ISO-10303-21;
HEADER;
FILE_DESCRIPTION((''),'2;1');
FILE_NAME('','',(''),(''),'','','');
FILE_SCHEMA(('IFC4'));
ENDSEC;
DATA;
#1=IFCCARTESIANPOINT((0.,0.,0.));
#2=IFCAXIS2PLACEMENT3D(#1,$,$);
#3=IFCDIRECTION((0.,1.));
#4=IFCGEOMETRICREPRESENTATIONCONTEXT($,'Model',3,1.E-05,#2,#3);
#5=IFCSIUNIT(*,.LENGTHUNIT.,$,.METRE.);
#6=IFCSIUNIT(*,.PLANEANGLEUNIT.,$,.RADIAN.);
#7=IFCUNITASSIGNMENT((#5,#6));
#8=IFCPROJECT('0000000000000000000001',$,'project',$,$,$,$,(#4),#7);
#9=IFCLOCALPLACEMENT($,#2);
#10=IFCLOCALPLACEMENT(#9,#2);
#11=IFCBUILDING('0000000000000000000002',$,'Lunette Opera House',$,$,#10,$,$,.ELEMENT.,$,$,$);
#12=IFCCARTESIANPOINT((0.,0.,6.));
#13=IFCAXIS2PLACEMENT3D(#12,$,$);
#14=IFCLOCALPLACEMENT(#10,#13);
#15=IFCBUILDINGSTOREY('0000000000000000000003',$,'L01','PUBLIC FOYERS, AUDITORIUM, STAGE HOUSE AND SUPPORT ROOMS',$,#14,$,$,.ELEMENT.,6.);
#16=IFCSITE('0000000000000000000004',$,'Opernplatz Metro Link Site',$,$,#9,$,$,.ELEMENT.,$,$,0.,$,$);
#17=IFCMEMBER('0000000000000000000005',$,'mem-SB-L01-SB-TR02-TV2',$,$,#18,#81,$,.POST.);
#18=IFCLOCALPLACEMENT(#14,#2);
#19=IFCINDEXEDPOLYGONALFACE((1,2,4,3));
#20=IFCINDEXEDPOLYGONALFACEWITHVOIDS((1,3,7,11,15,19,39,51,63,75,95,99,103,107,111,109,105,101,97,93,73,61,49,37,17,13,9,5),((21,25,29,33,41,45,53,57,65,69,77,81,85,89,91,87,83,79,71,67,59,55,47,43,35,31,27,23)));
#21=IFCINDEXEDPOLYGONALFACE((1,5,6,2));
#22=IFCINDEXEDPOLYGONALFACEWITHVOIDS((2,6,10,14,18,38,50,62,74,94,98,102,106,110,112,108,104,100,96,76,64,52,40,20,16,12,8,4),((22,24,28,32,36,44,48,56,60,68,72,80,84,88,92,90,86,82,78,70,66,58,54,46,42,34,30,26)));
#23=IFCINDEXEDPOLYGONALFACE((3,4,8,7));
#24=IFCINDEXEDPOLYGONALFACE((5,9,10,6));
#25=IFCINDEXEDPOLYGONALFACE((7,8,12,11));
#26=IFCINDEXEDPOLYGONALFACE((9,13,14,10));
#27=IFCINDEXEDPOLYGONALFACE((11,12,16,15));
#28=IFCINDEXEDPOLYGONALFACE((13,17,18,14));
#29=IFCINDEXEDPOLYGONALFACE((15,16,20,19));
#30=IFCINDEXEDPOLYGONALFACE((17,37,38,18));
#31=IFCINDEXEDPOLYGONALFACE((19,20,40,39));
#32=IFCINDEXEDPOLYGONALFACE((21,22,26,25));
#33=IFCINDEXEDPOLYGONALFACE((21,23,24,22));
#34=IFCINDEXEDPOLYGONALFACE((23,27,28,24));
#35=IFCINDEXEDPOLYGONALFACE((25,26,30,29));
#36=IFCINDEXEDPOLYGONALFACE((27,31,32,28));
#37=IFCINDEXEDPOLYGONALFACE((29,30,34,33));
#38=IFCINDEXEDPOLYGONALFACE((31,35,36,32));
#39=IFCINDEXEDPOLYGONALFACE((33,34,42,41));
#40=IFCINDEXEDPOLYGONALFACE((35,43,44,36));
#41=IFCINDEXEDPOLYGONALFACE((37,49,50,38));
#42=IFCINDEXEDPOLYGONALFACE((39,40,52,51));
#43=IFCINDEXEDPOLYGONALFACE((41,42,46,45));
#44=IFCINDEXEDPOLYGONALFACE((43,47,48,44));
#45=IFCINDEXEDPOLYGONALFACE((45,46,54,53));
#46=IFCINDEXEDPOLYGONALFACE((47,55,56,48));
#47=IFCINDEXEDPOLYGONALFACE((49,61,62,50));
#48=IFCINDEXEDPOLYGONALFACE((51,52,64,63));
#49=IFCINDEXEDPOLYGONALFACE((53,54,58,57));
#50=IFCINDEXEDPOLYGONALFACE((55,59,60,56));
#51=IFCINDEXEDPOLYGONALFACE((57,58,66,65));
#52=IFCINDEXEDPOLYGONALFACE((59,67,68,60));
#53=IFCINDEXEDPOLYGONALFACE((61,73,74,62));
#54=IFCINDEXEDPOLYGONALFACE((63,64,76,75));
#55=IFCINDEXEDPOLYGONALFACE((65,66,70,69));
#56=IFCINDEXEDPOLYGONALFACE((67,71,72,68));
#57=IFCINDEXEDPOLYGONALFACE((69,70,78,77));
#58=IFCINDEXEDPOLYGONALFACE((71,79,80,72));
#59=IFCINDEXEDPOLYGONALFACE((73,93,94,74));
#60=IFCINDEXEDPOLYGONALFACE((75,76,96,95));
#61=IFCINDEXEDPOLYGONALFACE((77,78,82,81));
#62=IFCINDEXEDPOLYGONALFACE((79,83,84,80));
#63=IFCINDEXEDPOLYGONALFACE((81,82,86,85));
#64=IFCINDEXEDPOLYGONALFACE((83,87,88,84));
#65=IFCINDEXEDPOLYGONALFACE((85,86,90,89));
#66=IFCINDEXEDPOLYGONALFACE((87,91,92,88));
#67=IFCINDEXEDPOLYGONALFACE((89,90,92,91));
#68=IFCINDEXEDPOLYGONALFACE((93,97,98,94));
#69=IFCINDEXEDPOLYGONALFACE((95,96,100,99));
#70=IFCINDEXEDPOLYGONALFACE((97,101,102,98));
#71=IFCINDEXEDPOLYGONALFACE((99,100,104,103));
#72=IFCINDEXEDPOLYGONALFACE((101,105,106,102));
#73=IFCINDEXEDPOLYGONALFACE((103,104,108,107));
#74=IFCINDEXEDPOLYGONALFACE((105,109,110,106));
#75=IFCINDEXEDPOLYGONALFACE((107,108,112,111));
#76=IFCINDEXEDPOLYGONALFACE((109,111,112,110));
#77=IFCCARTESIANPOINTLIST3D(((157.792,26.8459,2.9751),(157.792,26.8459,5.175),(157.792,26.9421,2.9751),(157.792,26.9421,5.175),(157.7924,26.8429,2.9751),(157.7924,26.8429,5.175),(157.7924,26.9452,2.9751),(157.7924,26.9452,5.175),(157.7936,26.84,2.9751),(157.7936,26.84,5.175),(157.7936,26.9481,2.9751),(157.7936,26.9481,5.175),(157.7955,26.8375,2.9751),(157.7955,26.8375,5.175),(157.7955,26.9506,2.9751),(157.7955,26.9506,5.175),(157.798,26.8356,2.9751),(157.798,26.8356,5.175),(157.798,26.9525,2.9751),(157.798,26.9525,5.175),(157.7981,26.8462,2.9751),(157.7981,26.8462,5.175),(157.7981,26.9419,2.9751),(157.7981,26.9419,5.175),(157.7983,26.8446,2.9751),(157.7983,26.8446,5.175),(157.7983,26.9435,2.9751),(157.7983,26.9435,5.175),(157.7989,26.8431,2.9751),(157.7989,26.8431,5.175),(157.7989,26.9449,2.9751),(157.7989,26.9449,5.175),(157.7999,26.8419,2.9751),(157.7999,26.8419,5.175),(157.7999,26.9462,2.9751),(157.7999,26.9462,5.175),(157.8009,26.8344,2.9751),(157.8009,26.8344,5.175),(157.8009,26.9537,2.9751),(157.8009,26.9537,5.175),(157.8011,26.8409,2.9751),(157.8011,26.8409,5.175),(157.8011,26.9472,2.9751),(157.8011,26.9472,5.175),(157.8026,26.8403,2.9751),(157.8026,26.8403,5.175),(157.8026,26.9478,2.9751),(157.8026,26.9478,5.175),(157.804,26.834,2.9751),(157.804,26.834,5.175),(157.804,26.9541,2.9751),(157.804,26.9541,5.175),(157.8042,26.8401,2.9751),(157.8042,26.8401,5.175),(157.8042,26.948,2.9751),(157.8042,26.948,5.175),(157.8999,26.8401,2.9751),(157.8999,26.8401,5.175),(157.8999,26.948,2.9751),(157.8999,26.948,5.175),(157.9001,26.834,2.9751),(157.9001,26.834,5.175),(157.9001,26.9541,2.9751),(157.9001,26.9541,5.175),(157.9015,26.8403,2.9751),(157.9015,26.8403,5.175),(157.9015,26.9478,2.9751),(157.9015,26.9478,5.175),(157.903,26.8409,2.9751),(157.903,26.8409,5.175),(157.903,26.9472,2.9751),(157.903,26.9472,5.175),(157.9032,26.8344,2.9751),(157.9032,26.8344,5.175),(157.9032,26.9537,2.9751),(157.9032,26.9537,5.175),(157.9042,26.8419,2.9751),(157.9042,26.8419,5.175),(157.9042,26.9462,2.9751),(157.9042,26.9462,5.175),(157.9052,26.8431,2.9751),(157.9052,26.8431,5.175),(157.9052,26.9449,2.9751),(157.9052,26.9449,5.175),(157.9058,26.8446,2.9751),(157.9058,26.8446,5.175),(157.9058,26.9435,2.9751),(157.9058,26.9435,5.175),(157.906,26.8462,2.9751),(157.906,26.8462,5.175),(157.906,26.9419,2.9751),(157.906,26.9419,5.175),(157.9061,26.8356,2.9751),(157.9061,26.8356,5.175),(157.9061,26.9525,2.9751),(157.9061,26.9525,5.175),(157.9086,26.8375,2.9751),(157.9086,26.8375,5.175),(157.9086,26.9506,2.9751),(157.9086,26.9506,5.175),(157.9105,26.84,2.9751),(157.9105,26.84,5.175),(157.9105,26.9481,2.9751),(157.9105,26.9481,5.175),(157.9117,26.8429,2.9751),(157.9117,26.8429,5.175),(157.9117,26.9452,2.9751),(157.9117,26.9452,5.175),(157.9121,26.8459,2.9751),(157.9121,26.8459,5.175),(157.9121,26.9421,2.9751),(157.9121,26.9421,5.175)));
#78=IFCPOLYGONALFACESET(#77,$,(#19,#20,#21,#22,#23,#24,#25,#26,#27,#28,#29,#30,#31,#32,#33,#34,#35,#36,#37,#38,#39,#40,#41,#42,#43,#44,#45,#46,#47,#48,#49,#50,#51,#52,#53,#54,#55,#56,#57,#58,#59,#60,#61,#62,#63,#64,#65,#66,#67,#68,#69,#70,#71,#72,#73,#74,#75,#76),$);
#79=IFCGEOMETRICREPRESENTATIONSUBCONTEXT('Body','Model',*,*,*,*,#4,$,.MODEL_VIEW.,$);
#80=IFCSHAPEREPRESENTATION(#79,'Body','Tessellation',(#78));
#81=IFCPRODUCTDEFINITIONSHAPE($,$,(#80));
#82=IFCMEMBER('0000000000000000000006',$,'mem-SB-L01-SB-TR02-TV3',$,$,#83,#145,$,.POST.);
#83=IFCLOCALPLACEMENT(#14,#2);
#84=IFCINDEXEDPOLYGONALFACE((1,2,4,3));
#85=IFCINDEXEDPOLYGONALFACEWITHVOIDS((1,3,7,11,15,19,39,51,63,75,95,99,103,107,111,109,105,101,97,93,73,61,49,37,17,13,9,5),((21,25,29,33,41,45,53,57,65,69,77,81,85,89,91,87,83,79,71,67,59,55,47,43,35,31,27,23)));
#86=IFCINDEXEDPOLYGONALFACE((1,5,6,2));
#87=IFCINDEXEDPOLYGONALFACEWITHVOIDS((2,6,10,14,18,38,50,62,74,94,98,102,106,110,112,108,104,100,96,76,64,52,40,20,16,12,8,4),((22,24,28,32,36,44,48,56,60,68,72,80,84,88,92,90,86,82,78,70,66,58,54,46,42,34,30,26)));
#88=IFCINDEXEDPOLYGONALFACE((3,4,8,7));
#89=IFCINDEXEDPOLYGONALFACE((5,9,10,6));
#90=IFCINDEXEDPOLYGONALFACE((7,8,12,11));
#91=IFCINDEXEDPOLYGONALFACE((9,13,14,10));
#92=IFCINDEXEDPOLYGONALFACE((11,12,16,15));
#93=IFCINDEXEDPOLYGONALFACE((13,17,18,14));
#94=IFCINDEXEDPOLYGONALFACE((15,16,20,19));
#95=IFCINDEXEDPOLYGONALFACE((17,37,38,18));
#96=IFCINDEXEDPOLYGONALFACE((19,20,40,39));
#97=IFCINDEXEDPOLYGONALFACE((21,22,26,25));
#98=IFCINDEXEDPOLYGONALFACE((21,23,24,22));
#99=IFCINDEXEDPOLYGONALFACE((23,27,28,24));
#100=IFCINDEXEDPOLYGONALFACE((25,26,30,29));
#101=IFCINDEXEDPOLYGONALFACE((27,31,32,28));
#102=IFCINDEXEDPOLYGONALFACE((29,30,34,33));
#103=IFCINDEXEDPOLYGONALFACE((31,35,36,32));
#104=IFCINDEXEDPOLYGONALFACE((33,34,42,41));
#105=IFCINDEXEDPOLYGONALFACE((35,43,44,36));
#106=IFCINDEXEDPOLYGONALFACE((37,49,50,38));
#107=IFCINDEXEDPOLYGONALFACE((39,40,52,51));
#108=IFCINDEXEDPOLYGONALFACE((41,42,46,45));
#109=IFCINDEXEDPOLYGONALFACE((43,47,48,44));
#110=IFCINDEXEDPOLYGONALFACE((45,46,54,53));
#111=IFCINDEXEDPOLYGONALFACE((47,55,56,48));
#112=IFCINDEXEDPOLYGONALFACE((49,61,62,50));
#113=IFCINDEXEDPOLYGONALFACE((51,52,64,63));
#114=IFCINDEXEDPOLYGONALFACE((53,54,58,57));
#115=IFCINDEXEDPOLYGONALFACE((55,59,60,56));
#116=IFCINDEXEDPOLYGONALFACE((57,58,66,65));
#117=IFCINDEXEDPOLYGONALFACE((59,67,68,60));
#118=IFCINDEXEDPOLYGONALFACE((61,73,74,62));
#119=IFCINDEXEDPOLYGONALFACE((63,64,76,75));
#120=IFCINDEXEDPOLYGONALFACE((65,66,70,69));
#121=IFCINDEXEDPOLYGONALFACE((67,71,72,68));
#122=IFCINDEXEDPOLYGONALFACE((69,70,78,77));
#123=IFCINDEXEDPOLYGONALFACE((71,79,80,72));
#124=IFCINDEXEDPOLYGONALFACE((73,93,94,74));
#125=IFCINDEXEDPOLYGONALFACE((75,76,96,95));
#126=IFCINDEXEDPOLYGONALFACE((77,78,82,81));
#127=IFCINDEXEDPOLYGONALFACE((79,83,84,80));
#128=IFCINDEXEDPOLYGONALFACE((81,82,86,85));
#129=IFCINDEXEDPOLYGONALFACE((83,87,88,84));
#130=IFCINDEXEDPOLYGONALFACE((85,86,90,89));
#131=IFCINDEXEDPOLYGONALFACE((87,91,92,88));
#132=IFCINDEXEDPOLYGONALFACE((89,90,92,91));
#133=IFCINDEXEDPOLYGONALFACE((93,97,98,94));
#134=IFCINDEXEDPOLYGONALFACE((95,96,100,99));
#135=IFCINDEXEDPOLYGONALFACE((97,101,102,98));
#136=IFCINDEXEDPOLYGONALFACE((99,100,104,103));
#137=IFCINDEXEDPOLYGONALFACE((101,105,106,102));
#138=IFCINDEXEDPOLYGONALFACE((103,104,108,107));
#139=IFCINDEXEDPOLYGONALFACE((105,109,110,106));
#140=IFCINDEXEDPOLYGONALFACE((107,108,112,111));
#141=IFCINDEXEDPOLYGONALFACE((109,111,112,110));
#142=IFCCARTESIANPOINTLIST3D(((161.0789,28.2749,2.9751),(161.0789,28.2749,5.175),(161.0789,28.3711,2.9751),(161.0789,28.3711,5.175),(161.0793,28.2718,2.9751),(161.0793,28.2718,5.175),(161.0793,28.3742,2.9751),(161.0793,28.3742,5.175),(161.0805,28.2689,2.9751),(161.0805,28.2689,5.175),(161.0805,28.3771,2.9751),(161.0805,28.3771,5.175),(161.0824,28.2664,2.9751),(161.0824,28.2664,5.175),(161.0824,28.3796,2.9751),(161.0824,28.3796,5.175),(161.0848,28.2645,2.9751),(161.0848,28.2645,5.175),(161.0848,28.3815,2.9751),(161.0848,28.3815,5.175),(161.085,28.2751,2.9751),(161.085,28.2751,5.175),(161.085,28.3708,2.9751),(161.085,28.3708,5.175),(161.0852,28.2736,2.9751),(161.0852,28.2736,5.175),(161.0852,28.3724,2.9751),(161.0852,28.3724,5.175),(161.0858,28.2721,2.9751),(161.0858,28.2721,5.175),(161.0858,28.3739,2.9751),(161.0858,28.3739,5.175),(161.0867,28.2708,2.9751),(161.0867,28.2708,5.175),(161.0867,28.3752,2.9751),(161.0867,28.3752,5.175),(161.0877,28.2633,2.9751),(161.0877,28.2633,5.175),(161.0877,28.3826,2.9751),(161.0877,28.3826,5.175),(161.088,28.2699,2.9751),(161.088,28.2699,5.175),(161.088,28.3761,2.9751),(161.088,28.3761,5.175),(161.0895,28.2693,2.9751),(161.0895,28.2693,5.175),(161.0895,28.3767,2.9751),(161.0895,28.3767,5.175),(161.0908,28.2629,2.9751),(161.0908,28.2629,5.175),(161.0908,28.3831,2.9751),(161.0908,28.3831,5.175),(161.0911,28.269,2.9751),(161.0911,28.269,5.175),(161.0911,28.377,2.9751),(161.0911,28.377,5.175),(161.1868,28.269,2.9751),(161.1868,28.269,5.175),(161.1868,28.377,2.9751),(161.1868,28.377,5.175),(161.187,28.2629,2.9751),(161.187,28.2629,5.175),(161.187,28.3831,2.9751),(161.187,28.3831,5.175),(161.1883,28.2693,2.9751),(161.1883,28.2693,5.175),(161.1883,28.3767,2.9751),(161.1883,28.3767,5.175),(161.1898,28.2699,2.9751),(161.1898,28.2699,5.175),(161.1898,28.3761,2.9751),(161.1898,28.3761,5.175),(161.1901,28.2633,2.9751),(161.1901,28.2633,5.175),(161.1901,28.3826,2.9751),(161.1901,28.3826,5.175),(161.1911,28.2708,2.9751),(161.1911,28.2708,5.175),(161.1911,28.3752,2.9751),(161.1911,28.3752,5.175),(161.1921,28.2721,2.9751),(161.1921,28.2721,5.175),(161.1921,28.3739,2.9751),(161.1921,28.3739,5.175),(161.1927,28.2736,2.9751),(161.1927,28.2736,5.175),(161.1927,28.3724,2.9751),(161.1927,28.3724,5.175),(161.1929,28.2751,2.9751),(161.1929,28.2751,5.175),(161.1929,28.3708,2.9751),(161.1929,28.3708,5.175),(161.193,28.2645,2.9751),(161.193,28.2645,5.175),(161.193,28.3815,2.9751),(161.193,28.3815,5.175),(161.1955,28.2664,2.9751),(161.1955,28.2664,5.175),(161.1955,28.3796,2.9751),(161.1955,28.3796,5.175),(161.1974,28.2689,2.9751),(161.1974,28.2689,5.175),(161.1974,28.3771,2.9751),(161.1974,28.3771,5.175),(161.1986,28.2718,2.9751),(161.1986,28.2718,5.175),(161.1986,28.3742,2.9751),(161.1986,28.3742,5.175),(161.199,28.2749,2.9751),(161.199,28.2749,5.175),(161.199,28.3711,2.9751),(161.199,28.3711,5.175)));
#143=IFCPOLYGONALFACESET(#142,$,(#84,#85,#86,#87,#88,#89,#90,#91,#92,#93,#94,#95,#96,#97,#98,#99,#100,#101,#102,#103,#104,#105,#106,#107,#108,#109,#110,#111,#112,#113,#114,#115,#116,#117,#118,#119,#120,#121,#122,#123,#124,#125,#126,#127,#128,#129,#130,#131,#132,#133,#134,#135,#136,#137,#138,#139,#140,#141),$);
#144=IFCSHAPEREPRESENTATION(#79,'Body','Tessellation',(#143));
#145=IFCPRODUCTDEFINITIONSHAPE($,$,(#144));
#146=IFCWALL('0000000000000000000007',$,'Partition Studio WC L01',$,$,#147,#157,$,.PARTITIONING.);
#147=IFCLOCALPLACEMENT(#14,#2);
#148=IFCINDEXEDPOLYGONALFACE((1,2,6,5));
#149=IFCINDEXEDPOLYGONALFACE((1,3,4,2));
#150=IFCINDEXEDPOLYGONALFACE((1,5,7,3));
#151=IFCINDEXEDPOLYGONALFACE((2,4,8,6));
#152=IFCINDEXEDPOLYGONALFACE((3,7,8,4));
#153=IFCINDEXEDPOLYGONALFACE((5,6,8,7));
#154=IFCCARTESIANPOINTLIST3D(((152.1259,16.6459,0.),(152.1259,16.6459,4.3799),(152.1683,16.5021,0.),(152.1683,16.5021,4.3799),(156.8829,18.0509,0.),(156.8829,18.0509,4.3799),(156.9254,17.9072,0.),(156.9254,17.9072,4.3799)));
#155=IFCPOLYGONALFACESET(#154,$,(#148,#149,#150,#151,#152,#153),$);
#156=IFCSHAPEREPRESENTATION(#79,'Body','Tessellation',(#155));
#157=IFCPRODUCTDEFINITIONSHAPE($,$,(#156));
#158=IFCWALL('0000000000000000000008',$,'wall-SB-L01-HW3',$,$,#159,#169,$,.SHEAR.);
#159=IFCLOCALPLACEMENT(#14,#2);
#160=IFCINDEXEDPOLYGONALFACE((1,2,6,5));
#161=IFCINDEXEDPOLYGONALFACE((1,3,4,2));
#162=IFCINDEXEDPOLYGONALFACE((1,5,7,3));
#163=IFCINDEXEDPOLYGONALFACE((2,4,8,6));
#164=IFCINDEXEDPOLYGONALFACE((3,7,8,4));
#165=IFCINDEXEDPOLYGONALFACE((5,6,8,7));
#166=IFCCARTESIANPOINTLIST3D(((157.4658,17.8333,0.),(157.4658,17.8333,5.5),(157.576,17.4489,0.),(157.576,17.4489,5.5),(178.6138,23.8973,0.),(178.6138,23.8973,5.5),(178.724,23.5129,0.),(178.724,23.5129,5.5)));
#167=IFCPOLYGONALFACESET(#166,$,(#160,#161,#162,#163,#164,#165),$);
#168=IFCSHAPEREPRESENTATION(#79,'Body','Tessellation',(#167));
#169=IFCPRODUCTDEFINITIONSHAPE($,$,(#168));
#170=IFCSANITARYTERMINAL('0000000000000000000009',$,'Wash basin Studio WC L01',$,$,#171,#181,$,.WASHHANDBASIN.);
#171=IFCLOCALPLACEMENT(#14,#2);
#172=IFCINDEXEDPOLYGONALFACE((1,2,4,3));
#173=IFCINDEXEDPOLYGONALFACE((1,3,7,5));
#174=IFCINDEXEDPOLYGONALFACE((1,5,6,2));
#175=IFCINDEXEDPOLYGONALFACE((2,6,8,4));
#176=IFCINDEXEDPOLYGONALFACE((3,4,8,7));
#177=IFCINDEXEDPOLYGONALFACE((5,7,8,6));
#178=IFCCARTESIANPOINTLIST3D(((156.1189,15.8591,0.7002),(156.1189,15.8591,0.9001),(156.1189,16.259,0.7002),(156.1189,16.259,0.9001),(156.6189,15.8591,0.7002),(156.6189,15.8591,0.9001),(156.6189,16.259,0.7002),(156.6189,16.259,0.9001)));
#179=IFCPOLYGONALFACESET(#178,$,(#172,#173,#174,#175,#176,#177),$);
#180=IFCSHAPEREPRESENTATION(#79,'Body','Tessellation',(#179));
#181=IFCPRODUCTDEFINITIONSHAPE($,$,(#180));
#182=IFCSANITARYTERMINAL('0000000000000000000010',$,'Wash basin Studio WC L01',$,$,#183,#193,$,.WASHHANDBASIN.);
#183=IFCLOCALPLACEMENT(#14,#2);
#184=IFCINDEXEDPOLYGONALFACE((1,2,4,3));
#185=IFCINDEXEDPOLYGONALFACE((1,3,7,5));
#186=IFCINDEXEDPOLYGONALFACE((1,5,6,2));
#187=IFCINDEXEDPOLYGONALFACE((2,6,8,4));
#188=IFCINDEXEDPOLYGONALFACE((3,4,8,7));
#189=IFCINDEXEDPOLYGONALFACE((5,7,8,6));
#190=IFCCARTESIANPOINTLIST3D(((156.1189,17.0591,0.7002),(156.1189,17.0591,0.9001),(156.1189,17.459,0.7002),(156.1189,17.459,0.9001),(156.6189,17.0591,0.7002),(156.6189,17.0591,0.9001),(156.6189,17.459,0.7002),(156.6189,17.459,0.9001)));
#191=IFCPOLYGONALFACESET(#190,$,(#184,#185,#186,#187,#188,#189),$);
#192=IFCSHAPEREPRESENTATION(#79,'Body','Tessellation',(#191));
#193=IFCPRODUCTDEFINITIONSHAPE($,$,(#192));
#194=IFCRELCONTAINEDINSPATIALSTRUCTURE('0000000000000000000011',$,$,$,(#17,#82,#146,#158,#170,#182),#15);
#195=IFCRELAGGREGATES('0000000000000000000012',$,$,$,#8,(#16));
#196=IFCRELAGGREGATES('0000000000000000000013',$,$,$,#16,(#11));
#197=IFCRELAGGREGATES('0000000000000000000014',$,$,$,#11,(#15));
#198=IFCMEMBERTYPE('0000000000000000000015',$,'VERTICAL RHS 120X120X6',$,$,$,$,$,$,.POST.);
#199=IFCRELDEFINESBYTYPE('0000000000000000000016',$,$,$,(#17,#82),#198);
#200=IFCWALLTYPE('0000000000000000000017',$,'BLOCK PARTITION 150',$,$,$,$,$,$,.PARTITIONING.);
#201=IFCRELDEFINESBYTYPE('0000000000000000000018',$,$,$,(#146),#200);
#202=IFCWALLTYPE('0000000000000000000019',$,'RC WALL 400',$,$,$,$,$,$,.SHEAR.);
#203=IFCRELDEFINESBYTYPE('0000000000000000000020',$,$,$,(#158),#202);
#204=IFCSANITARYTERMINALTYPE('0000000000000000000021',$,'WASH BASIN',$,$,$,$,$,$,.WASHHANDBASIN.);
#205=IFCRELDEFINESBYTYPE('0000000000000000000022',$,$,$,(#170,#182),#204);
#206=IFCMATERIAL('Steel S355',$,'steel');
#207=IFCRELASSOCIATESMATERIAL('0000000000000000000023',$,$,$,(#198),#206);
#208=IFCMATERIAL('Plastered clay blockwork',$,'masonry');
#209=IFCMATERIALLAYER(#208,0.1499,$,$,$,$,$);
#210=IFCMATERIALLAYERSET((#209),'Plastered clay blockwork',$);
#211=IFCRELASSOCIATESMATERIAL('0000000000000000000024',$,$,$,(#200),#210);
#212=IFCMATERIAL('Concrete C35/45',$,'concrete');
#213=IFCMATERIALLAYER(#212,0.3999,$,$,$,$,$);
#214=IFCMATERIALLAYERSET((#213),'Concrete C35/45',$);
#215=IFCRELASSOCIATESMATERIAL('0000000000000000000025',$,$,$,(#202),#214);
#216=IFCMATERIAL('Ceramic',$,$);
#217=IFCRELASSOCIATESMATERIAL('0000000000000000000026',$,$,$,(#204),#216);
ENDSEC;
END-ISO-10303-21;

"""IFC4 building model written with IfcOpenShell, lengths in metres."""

from ifc_helpers import new_model, si_unit, direction, frame, frame_2d, origin, origin_2d, place, context, subcontext, project, spatial, rectangle, hollow_rectangle, extrude, material, layer, layer_set, material_profile, profile_set, type_object, element, save


model = new_model("IFC4")

# Units and contexts
model_context = context("Model", 3, precision=1e-05, world=origin(), true_north=direction((0.0, 1.0)))
body_context = subcontext(model_context, "Body", "Model", "MODEL_VIEW")
ifc_project = project(units=[si_unit("LENGTHUNIT", "METRE"), si_unit("PLANEANGLEUNIT", "RADIAN")], contexts=[model_context])

# Site, building, storey
site_placement = place(None, origin())
site = spatial("IfcSite", under=ifc_project, at=site_placement, Name="Opernplatz Metro Link Site", CompositionType="ELEMENT", RefElevation=0.0)
building_placement = place(site_placement, origin())
building = spatial("IfcBuilding", under=site, at=building_placement, Name="Lunette Opera House", CompositionType="ELEMENT")
storey_placement = place(building_placement, frame((0.0, 0.0, 6.0)))
storey = spatial("IfcBuildingStorey", under=building, at=storey_placement, Name="L01", Description="PUBLIC FOYERS, AUDITORIUM, STAGE HOUSE AND SUPPORT ROOMS", CompositionType="ELEMENT", Elevation=6.0)

# Members
ifc_material_1 = material(Name="Steel S355", Category="steel")
ifc_material_profile_1 = material_profile(ifc_material_1, hollow_rectangle(XDim=0.1201, YDim=0.1201, WallThickness=0.0061, InnerFilletRadius=0.0061, OuterFilletRadius=0.012, at=origin_2d()), Name="RHS 120X120X6")
ifc_profile_set_1 = profile_set([ifc_material_profile_1], Name="Steel S355")
member_type_1 = type_object("IfcMemberType", Name="VERTICAL RHS 120X120X6", PredefinedType="POST", material=ifc_profile_set_1)
for number, where, z_axis, x_axis, name in (
    (1, (157.8521, 26.894, 2.9751), (0.0, 0.0, 1.0), (1.0, 0.0, 0.0), "mem-SB-L01-SB-TR02-TV2"),
    (2, (161.1389, 28.323, 2.9751), (0.0, 0.0, 1.0), (1.0, 0.0, 0.0), "mem-SB-L01-SB-TR02-TV3"),
):
    element("IfcMember", number, at=place(storey_placement, frame(where, z_axis=z_axis, x_axis=x_axis)), inside=storey, type_object=member_type_1, Name=name, PredefinedType="POST", context=body_context, shape_type="SweptSolid", body=[
        extrude(hollow_rectangle(XDim=0.1201, YDim=0.1201, WallThickness=0.0061, InnerFilletRadius=0.0061, OuterFilletRadius=0.012, at=origin_2d()), origin(), (0.0, 0.0, 1.0), 2.2),
    ])

# Walls
ifc_material_2 = material(Name="Plastered clay blockwork", Category="masonry")
ifc_layer_1 = layer(ifc_material_2, 0.1499)
ifc_layer_set_1 = layer_set([ifc_layer_1], Name="Plastered clay blockwork")
wall_type_1 = type_object("IfcWallType", Name="BLOCK PARTITION 150", PredefinedType="PARTITIONING", material=ifc_layer_set_1)
wall_1_placement = place(storey_placement, frame((156.9041, 17.979, 0.0), z_axis=(0.0, 0.0, 1.0), x_axis=(-0.959044, -0.283259, 0.0)))
element("IfcWall", 3, at=wall_1_placement, inside=storey, type_object=wall_type_1, Name="Partition Studio WC L01", PredefinedType="PARTITIONING", context=body_context, shape_type="SweptSolid", body=[
    extrude(rectangle(XDim=4.9602, YDim=0.1499, at=frame_2d((2.48, 0.0))), origin(), (0.0, 0.0, 1.0), 4.3799),
])
ifc_material_3 = material(Name="Concrete C35/45", Category="concrete")
ifc_layer_2 = layer(ifc_material_3, 0.3999)
ifc_layer_set_2 = layer_set([ifc_layer_2], Name="Concrete C35/45")
wall_type_2 = type_object("IfcWallType", Name="RC WALL 400", PredefinedType="SHEAR", material=ifc_layer_set_2)
wall_2_placement = place(storey_placement, frame((157.521, 17.6411, 0.0), z_axis=(0.0, 0.0, 1.0), x_axis=(0.961263, 0.275633, 0.0)))
element("IfcWall", 4, at=wall_2_placement, inside=storey, type_object=wall_type_2, Name="wall-SB-L01-HW3", PredefinedType="SHEAR", context=body_context, shape_type="SweptSolid", body=[
    extrude(rectangle(XDim=22.0002, YDim=0.3999, at=frame_2d((11.0, 0.0))), origin(), (0.0, 0.0, 1.0), 5.5),
])

# Sanitary terminals
ifc_material_4 = material(Name="Ceramic")
sanitary_terminal_type_1 = type_object("IfcSanitaryTerminalType", Name="WASH BASIN", PredefinedType="WASHHANDBASIN", material=ifc_material_4)
for number, where, z_axis, x_axis, name in (
    (5, (156.3689, 16.0591, 0.7002), (0.0, 0.0, 1.0), (1.0, 0.0, 0.0), "Wash basin Studio WC L01"),
    (6, (156.3689, 17.259, 0.7002), (0.0, 0.0, 1.0), (1.0, 0.0, 0.0), "Wash basin Studio WC L01"),
):
    element("IfcSanitaryTerminal", number, at=place(storey_placement, frame(where, z_axis=z_axis, x_axis=x_axis)), inside=storey, type_object=sanitary_terminal_type_1, Name=name, PredefinedType="WASHHANDBASIN", context=body_context, shape_type="SweptSolid", body=[
        extrude(rectangle(XDim=0.5, YDim=0.3999, at=origin_2d()), origin(), (0.0, 0.0, 1.0), 0.2),
    ])

save(model, "model.ifc")
